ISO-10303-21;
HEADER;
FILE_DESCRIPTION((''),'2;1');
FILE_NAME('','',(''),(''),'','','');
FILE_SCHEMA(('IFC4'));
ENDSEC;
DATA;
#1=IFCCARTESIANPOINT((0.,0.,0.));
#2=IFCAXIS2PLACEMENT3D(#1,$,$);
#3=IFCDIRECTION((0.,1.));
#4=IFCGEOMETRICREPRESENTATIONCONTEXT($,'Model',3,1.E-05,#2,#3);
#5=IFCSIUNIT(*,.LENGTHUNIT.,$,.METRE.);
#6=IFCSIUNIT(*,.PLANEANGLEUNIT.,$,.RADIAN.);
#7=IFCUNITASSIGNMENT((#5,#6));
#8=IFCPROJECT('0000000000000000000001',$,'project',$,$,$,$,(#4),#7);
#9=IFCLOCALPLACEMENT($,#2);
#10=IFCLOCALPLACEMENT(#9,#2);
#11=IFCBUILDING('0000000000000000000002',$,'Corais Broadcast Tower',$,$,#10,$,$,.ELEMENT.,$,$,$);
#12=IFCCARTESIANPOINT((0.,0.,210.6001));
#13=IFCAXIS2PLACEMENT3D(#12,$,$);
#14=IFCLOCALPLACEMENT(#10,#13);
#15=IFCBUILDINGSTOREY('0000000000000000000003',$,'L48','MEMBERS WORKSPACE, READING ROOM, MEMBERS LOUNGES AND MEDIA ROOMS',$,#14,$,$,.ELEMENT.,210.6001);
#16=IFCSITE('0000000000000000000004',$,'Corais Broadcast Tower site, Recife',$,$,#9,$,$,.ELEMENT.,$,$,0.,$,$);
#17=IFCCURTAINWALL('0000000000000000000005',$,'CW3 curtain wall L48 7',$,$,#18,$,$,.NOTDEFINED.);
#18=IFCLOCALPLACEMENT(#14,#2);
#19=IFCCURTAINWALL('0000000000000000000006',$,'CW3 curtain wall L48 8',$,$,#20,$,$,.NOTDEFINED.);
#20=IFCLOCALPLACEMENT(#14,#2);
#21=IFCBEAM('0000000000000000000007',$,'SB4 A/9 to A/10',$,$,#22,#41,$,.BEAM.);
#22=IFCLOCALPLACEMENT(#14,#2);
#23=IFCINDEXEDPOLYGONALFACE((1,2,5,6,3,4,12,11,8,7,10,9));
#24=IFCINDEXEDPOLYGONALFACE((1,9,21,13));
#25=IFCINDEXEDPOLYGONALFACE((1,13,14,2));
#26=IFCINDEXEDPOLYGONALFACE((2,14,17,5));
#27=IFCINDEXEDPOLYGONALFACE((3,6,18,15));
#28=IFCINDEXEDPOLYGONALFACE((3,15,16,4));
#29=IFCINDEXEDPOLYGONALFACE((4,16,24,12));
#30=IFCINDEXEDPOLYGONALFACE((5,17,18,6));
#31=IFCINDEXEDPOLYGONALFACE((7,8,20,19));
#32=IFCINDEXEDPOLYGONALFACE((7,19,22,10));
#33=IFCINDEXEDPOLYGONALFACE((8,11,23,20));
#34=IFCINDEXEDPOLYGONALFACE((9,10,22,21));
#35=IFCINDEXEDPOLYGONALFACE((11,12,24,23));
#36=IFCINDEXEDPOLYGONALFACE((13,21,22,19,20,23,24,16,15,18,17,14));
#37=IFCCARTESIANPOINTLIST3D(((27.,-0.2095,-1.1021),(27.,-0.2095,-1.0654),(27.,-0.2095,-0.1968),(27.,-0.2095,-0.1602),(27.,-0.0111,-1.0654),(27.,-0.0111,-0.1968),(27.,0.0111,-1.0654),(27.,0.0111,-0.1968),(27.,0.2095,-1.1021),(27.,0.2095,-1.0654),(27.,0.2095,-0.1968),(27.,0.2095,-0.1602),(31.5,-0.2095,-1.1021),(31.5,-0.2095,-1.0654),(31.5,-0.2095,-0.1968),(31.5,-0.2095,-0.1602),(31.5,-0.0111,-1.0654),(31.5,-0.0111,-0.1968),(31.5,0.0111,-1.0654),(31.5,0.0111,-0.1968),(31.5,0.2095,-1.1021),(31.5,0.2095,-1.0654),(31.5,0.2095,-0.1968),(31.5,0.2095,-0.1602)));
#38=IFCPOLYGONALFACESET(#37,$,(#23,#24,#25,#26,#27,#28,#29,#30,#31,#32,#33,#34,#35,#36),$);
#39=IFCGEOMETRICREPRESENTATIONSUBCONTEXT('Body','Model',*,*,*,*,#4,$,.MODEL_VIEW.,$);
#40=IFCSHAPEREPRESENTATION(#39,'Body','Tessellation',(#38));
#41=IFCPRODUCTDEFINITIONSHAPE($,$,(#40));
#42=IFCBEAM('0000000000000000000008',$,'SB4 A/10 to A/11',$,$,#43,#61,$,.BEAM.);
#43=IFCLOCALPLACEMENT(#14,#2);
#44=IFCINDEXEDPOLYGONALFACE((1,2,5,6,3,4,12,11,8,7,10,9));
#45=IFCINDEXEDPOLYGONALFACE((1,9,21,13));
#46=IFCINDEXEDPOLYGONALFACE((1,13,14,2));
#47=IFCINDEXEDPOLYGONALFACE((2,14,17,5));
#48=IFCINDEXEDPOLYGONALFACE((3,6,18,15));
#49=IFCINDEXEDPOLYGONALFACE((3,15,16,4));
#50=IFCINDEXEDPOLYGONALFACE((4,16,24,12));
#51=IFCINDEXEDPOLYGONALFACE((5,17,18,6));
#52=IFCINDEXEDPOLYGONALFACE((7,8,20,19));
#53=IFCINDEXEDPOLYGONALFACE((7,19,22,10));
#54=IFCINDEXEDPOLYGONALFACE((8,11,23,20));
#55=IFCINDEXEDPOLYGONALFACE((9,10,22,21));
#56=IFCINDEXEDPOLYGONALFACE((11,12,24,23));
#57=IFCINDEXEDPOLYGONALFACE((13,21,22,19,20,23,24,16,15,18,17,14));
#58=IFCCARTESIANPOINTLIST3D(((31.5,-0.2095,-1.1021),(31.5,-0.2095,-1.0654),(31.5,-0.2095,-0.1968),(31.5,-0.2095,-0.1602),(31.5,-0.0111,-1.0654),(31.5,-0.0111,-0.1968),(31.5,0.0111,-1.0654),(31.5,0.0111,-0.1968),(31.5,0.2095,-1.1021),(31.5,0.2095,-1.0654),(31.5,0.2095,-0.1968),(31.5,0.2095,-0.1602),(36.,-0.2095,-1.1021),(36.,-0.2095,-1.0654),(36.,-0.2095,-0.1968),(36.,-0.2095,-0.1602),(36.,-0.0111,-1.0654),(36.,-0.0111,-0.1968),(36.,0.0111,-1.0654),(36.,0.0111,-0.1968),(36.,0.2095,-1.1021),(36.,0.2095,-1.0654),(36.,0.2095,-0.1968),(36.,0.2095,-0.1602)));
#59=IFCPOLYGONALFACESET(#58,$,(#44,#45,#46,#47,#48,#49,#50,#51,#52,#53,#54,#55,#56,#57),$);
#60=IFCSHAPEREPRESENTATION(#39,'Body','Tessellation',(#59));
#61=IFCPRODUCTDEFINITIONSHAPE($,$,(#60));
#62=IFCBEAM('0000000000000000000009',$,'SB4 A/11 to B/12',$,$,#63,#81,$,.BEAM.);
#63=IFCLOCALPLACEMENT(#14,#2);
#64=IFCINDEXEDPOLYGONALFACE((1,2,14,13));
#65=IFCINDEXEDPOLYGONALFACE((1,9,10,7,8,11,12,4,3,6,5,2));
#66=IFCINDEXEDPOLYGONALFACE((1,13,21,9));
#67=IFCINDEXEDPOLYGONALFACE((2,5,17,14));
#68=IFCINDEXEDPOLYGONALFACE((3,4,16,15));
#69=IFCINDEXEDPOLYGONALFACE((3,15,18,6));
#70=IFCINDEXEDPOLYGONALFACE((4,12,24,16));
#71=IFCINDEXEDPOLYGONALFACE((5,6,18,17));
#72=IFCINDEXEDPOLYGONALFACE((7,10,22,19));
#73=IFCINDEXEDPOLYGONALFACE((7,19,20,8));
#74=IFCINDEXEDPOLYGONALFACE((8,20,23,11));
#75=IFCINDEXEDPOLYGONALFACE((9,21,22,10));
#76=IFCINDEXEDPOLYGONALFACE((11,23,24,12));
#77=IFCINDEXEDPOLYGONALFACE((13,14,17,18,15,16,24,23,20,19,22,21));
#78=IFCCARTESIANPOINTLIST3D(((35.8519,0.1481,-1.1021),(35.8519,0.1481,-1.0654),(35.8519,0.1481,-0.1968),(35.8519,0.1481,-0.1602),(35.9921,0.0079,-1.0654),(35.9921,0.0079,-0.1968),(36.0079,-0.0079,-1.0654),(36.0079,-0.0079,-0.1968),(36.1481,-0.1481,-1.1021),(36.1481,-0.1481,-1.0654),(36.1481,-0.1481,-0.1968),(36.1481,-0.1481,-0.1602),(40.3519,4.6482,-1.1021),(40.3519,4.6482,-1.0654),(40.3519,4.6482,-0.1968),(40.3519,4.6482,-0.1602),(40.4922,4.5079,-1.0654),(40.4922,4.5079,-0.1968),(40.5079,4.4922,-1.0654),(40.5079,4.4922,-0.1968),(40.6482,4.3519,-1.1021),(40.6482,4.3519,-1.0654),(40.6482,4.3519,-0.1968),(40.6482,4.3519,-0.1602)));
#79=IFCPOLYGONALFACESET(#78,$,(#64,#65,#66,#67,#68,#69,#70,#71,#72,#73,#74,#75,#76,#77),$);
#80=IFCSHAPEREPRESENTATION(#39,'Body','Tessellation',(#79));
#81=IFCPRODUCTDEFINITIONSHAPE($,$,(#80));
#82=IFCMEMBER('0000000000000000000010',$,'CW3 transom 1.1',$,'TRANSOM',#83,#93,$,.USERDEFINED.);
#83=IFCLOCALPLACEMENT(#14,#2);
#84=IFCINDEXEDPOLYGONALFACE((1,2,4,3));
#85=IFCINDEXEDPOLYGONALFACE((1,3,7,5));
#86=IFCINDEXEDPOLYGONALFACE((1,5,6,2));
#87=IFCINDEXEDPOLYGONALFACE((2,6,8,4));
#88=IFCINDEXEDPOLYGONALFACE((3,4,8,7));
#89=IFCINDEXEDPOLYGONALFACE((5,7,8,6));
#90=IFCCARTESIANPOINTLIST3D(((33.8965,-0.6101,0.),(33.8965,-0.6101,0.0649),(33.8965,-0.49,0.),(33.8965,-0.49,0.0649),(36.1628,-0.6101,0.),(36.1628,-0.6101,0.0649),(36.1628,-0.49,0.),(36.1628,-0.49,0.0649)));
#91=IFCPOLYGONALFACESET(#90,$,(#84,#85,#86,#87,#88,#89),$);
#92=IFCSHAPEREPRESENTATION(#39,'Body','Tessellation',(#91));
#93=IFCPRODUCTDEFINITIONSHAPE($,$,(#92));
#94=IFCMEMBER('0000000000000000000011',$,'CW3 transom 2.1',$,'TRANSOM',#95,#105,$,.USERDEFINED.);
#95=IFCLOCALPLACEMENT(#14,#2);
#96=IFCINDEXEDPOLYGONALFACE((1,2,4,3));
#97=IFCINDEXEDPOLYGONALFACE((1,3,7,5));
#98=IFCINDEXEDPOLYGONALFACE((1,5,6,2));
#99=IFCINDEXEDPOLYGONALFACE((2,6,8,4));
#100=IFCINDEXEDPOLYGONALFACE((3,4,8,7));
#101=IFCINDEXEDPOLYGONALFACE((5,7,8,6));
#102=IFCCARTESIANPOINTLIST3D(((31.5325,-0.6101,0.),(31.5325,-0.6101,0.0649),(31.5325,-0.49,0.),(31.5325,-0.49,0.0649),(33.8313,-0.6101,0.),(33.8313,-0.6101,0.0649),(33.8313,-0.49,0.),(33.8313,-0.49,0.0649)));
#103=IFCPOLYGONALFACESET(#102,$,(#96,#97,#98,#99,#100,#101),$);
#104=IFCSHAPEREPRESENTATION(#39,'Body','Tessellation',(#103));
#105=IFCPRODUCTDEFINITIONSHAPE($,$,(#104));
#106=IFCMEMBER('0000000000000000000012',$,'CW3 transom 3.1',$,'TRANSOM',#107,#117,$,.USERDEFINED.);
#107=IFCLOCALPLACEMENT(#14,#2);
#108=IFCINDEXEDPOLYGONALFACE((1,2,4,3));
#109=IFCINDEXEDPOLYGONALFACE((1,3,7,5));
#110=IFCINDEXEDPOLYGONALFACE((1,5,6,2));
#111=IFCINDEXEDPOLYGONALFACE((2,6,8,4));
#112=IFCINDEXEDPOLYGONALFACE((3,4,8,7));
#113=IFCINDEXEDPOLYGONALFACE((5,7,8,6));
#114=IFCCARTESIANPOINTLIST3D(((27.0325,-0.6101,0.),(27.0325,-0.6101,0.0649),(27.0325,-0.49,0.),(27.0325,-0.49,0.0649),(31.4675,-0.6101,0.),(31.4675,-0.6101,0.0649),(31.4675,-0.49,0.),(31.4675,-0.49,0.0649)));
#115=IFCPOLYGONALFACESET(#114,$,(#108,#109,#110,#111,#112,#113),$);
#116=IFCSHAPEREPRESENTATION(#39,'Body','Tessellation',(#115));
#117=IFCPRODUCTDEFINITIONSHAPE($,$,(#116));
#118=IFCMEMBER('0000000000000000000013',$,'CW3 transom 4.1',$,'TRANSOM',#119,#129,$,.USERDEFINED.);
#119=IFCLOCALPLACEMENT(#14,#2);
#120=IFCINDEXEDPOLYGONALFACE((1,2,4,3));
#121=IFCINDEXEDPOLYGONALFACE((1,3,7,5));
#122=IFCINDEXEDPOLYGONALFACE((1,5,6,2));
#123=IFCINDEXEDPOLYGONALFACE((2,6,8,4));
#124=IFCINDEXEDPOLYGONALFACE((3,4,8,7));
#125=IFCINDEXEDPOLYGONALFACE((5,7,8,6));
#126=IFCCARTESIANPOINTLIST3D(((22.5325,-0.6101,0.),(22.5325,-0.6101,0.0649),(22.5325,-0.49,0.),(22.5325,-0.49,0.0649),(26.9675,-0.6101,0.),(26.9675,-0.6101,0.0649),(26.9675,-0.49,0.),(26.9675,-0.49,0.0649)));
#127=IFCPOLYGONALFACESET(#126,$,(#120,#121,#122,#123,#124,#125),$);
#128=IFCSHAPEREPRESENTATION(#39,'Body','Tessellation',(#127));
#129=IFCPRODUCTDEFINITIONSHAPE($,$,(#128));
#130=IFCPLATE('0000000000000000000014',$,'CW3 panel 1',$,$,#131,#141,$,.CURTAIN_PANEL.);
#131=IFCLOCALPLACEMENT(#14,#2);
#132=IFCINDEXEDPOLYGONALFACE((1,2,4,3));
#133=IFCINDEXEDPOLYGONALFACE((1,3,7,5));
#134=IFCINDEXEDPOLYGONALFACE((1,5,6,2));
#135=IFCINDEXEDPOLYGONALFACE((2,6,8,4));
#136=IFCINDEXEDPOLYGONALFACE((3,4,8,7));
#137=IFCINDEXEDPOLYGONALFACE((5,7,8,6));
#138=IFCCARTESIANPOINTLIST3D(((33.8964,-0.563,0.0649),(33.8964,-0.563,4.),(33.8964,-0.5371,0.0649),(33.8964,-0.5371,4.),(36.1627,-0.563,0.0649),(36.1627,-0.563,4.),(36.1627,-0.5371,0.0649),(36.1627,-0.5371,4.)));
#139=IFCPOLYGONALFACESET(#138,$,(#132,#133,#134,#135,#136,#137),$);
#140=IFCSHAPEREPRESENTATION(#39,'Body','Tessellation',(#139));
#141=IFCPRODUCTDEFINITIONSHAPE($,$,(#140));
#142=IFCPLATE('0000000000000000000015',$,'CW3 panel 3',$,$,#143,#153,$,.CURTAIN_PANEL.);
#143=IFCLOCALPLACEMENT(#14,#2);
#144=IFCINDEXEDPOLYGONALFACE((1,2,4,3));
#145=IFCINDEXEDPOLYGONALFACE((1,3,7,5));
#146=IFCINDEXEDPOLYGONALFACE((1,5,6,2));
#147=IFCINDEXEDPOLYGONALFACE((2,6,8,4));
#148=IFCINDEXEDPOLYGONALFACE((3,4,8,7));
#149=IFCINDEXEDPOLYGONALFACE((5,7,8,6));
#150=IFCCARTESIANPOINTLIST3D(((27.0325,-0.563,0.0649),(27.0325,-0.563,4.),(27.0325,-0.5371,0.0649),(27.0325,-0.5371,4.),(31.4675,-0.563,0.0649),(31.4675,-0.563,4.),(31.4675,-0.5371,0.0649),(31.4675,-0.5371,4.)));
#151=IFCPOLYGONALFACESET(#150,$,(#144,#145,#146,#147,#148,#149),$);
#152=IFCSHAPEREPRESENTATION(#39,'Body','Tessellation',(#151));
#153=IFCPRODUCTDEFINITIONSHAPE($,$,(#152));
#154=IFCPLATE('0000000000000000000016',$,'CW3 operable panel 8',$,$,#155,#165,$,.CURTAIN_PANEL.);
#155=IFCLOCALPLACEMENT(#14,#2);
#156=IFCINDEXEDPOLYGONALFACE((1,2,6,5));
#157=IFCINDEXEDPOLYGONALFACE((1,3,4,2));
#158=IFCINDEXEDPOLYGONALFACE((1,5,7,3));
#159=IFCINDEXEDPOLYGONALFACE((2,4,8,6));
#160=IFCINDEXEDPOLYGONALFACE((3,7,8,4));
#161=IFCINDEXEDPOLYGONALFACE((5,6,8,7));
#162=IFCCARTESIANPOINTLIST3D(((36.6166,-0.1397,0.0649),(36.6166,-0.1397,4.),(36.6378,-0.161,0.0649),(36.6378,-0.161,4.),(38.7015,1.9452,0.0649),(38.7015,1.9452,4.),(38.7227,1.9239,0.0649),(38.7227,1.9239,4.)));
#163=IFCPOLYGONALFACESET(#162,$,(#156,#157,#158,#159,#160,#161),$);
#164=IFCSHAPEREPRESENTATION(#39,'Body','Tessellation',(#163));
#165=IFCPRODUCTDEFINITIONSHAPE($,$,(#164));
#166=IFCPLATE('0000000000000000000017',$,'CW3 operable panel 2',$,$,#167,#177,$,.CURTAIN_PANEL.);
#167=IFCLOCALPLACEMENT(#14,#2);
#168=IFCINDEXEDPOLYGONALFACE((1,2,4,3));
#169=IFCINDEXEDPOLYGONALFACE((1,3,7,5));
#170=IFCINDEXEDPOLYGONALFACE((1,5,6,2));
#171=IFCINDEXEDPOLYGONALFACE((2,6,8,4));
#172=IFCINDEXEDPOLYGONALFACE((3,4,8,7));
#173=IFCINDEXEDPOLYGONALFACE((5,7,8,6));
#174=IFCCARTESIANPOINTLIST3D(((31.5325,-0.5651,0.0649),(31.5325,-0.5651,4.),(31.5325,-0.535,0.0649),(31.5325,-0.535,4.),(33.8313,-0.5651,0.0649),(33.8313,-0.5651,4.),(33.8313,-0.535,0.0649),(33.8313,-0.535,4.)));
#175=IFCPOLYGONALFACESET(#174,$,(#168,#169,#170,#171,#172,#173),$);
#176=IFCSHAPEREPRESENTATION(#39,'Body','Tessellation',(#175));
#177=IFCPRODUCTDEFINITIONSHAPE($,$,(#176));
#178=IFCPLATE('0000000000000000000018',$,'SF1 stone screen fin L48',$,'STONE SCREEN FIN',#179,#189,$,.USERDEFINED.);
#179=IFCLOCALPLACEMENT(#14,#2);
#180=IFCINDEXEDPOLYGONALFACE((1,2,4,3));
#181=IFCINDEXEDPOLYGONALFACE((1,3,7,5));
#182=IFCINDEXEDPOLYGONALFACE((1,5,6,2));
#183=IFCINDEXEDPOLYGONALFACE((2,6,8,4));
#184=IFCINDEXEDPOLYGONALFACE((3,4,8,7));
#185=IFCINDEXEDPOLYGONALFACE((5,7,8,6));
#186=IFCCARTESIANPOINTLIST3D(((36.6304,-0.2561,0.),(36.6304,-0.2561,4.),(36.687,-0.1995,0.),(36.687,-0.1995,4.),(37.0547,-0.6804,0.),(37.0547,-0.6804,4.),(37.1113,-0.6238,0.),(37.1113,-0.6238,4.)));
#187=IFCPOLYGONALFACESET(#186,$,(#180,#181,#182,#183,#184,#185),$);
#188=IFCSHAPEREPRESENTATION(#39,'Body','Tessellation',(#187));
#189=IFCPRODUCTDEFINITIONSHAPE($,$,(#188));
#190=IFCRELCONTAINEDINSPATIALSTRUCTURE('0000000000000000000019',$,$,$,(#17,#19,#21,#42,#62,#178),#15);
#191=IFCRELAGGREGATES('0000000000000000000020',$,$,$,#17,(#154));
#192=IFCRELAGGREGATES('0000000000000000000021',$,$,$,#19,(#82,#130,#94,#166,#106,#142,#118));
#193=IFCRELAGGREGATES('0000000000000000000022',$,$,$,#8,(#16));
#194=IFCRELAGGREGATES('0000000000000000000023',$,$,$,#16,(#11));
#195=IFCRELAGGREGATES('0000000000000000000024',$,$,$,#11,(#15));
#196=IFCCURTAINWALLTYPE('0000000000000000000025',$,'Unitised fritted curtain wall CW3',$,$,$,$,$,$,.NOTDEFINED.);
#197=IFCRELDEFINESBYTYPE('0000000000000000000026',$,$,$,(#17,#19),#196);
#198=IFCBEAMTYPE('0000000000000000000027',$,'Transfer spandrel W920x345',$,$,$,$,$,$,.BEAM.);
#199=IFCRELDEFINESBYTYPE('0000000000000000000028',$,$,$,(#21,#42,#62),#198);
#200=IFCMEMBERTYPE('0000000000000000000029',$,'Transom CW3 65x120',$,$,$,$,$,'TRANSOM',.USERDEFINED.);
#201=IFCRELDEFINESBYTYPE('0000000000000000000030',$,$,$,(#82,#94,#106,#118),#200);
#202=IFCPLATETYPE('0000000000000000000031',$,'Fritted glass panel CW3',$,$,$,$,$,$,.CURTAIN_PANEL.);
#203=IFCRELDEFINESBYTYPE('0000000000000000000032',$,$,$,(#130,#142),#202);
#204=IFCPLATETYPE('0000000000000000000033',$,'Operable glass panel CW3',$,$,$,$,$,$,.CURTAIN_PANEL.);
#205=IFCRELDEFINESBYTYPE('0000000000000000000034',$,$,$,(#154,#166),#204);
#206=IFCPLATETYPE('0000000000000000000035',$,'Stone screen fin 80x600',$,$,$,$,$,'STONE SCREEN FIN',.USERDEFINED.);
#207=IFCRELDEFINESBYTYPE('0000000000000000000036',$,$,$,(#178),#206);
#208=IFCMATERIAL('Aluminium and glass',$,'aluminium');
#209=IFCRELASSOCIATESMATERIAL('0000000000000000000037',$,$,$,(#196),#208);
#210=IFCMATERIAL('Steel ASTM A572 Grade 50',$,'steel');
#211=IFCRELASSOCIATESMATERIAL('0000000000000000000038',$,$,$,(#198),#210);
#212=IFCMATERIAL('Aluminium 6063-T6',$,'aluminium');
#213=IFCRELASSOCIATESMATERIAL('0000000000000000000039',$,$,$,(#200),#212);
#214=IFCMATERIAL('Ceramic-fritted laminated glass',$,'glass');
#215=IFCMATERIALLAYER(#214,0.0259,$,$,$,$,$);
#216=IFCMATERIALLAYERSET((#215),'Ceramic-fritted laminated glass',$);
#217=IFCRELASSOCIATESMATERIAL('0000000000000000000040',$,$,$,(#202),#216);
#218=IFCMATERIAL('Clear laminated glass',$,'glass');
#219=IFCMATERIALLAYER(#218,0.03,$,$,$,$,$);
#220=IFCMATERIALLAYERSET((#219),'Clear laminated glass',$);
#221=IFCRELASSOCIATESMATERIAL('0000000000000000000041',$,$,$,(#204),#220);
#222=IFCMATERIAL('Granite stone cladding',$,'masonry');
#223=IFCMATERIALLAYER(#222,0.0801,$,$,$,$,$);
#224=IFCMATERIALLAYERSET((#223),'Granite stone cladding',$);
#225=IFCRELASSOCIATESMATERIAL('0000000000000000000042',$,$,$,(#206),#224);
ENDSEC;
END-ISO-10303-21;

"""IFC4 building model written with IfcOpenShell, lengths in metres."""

from ifc_helpers import new_model, si_unit, direction, frame, origin, origin_2d, place, context, subcontext, project, spatial, rectangle, i_section, extrude, material, layer, layer_set, material_profile, profile_set, type_object, element, aggregate, save


model = new_model("IFC4")

# Units and contexts
model_context = context("Model", 3, precision=1e-05, world=origin(), true_north=direction((0.0, 1.0)))
body_context = subcontext(model_context, "Body", "Model", "MODEL_VIEW")
ifc_project = project(units=[si_unit("LENGTHUNIT", "METRE"), si_unit("PLANEANGLEUNIT", "RADIAN")], contexts=[model_context])

# Site, building, storey
site_placement = place(None, origin())
site = spatial("IfcSite", under=ifc_project, at=site_placement, Name="Corais Broadcast Tower site, Recife", CompositionType="ELEMENT", RefElevation=0.0)
building_placement = place(site_placement, origin())
building = spatial("IfcBuilding", under=site, at=building_placement, Name="Corais Broadcast Tower", CompositionType="ELEMENT")
storey_placement = place(building_placement, frame((0.0, 0.0, 210.6001)))
storey = spatial("IfcBuildingStorey", under=building, at=storey_placement, Name="L48", Description="MEMBERS WORKSPACE, READING ROOM, MEMBERS LOUNGES AND MEDIA ROOMS", CompositionType="ELEMENT", Elevation=210.6001)

# Curtain wall
ifc_material_1 = material(Name="Aluminium and glass", Category="aluminium")
curtain_wall_type = type_object("IfcCurtainWallType", Name="Unitised fritted curtain wall CW3", PredefinedType="NOTDEFINED", material=ifc_material_1)
curtain_wall_1_placement = place(storey_placement, origin())
curtain_wall_1 = element("IfcCurtainWall", 1, at=curtain_wall_1_placement, inside=storey, type_object=curtain_wall_type, Name="CW3 curtain wall L48 7", PredefinedType="NOTDEFINED")

# Curtain wall
curtain_wall_2_placement = place(storey_placement, origin())
curtain_wall_2 = element("IfcCurtainWall", 2, at=curtain_wall_2_placement, inside=storey, type_object=curtain_wall_type, Name="CW3 curtain wall L48 8", PredefinedType="NOTDEFINED")

# Beams
ifc_material_2 = material(Name="Steel ASTM A572 Grade 50", Category="steel")
ifc_material_profile_1 = material_profile(ifc_material_2, i_section(OverallWidth=0.4189, OverallDepth=0.9419, WebThickness=0.0222, FlangeThickness=0.0366, at=origin_2d()), Name="W920x345")
ifc_profile_set_1 = profile_set([ifc_material_profile_1], Name="Steel ASTM A572 Grade 50")
beam_type_1 = type_object("IfcBeamType", Name="Transfer spandrel W920x345", PredefinedType="BEAM", material=ifc_profile_set_1)
for number, where, z_axis, x_axis, name in (
    (3, (27.0, 0.0, -0.6311), (1.0, 0.0, 0.0), (0.0, 1.0, 0.0), "SB4 A/9 to A/10"),
    (4, (31.5, 0.0, -0.6311), (1.0, 0.0, 0.0), (0.0, 1.0, 0.0), "SB4 A/10 to A/11"),
):
    element("IfcBeam", number, at=place(storey_placement, frame(where, z_axis=z_axis, x_axis=x_axis)), inside=storey, type_object=beam_type_1, Name=name, PredefinedType="BEAM", context=body_context, shape_type="SweptSolid", body=[
        extrude(i_section(OverallWidth=0.4189, OverallDepth=0.9419, WebThickness=0.0222, FlangeThickness=0.0366, at=origin_2d()), origin(), (0.0, 0.0, 1.0), 4.5),
    ])
beam_placement = place(storey_placement, frame((36.0, 0.0, -0.6311), z_axis=(0.707107, 0.707107, 0.0), x_axis=(-0.707107, 0.707107, 0.0)))
element("IfcBeam", 5, at=beam_placement, inside=storey, type_object=beam_type_1, Name="SB4 A/11 to B/12", PredefinedType="BEAM", context=body_context, shape_type="SweptSolid", body=[
    extrude(i_section(OverallWidth=0.4189, OverallDepth=0.9419, WebThickness=0.0222, FlangeThickness=0.0366, at=origin_2d()), origin(), (0.0, 0.0, 1.0), 6.364),
])

# Members
ifc_material_3 = material(Name="Aluminium 6063-T6", Category="aluminium")
ifc_material_profile_2 = material_profile(ifc_material_3, rectangle(XDim=0.1201, YDim=0.0649, at=origin_2d()), Name="Transom CW3 65x120")
ifc_profile_set_2 = profile_set([ifc_material_profile_2], Name="Aluminium 6063-T6")
member_type_1 = type_object("IfcMemberType", Name="Transom CW3 65x120", ElementType="TRANSOM", PredefinedType="USERDEFINED", material=ifc_profile_set_2)
member_1_placement = place(storey_placement, frame((36.1628, -0.55, 0.0325), z_axis=(-1.0, 0.0, 0.0), x_axis=(0.0, -1.0, 0.0)))
member_1 = element("IfcMember", 6, at=member_1_placement, type_object=member_type_1, Name="CW3 transom 1.1", ObjectType="TRANSOM", PredefinedType="USERDEFINED", context=body_context, shape_type="SweptSolid", body=[
    extrude(rectangle(XDim=0.1201, YDim=0.0649, at=origin_2d()), origin(), (0.0, 0.0, 1.0), 2.2664),
])
member_2_placement = place(storey_placement, frame((33.8313, -0.55, 0.0325), z_axis=(-1.0, 0.0, 0.0), x_axis=(0.0, -1.0, 0.0)))
member_2 = element("IfcMember", 7, at=member_2_placement, type_object=member_type_1, Name="CW3 transom 2.1", ObjectType="TRANSOM", PredefinedType="USERDEFINED", context=body_context, shape_type="SweptSolid", body=[
    extrude(rectangle(XDim=0.1201, YDim=0.0649, at=origin_2d()), origin(), (0.0, 0.0, 1.0), 2.2988),
])
member_3_placement = place(storey_placement, frame((31.4675, -0.55, 0.0325), z_axis=(-1.0, 0.0, 0.0), x_axis=(0.0, -1.0, 0.0)))
member_3 = element("IfcMember", 8, at=member_3_placement, type_object=member_type_1, Name="CW3 transom 3.1", ObjectType="TRANSOM", PredefinedType="USERDEFINED", context=body_context, shape_type="SweptSolid", body=[
    extrude(rectangle(XDim=0.1201, YDim=0.0649, at=origin_2d()), origin(), (0.0, 0.0, 1.0), 4.4351),
])
member_4_placement = place(storey_placement, frame((26.9675, -0.55, 0.0325), z_axis=(-1.0, 0.0, 0.0), x_axis=(0.0, -1.0, 0.0)))
member_4 = element("IfcMember", 9, at=member_4_placement, type_object=member_type_1, Name="CW3 transom 4.1", ObjectType="TRANSOM", PredefinedType="USERDEFINED", context=body_context, shape_type="SweptSolid", body=[
    extrude(rectangle(XDim=0.1201, YDim=0.0649, at=origin_2d()), origin(), (0.0, 0.0, 1.0), 4.4351),
])

# Plates
ifc_material_4 = material(Name="Ceramic-fritted laminated glass", Category="glass")
ifc_layer_1 = layer(ifc_material_4, 0.0259)
ifc_layer_set_1 = layer_set([ifc_layer_1], Name="Ceramic-fritted laminated glass")
plate_type_1 = type_object("IfcPlateType", Name="Fritted glass panel CW3", PredefinedType="CURTAIN_PANEL", material=ifc_layer_set_1)
plate_1_placement = place(storey_placement, frame((35.0295, -0.55, 0.0649), z_axis=(0.0, 0.0, 1.0), x_axis=(-1.0, 0.0, 0.0)))
plate_1 = element("IfcPlate", 10, at=plate_1_placement, type_object=plate_type_1, Name="CW3 panel 1", PredefinedType="CURTAIN_PANEL", context=body_context, shape_type="SweptSolid", body=[
    extrude(rectangle(XDim=2.2664, YDim=0.0259, at=origin_2d()), origin(), (0.0, 0.0, 1.0), 3.9351),
])
plate_2_placement = place(storey_placement, frame((29.25, -0.55, 0.0649), z_axis=(0.0, 0.0, 1.0), x_axis=(-1.0, 0.0, 0.0)))
plate_2 = element("IfcPlate", 11, at=plate_2_placement, type_object=plate_type_1, Name="CW3 panel 3", PredefinedType="CURTAIN_PANEL", context=body_context, shape_type="SweptSolid", body=[
    extrude(rectangle(XDim=4.4351, YDim=0.0259, at=origin_2d()), origin(), (0.0, 0.0, 1.0), 3.9351),
])
ifc_material_5 = material(Name="Clear laminated glass", Category="glass")
ifc_layer_2 = layer(ifc_material_5, 0.03)
ifc_layer_set_2 = layer_set([ifc_layer_2], Name="Clear laminated glass")
plate_type_2 = type_object("IfcPlateType", Name="Operable glass panel CW3", PredefinedType="CURTAIN_PANEL", material=ifc_layer_set_2)
plate_3_placement = place(storey_placement, frame((37.6697, 0.8921, 0.0649), z_axis=(0.0, 0.0, 1.0), x_axis=(-0.707107, -0.707107, 0.0)))
plate_3 = element("IfcPlate", 12, at=plate_3_placement, type_object=plate_type_2, Name="CW3 operable panel 8", PredefinedType="CURTAIN_PANEL", context=body_context, shape_type="SweptSolid", body=[
    extrude(rectangle(XDim=2.9485, YDim=0.03, at=origin_2d()), origin(), (0.0, 0.0, 1.0), 3.9351),
])
aggregate(curtain_wall_1, [plate_3])
plate_4_placement = place(storey_placement, frame((32.6819, -0.55, 0.0649), z_axis=(0.0, 0.0, 1.0), x_axis=(-1.0, 0.0, 0.0)))
plate_4 = element("IfcPlate", 13, at=plate_4_placement, type_object=plate_type_2, Name="CW3 operable panel 2", PredefinedType="CURTAIN_PANEL", context=body_context, shape_type="SweptSolid", body=[
    extrude(rectangle(XDim=2.2988, YDim=0.03, at=origin_2d()), origin(), (0.0, 0.0, 1.0), 3.9351),
])
aggregate(curtain_wall_2, [member_1, plate_1, member_2, plate_4, member_3, plate_2, member_4])
ifc_material_6 = material(Name="Granite stone cladding", Category="masonry")
ifc_layer_3 = layer(ifc_material_6, 0.0801)
ifc_layer_set_3 = layer_set([ifc_layer_3], Name="Granite stone cladding")
plate_type_3 = type_object("IfcPlateType", Name="Stone screen fin 80x600", ElementType="STONE SCREEN FIN", PredefinedType="USERDEFINED", material=ifc_layer_set_3)
plate_5_placement = place(storey_placement, frame((36.8708, -0.4399, 0.0), z_axis=(0.0, 0.0, 1.0), x_axis=(-0.707107, -0.707107, 0.0)))
element("IfcPlate", 14, at=plate_5_placement, inside=storey, type_object=plate_type_3, Name="SF1 stone screen fin L48", ObjectType="STONE SCREEN FIN", PredefinedType="USERDEFINED", context=body_context, shape_type="SweptSolid", body=[
    extrude(rectangle(XDim=0.0801, YDim=0.6001, at=origin_2d()), origin(), (0.0, 0.0, 1.0), 4.0),
])

save(model, "model.ifc")
